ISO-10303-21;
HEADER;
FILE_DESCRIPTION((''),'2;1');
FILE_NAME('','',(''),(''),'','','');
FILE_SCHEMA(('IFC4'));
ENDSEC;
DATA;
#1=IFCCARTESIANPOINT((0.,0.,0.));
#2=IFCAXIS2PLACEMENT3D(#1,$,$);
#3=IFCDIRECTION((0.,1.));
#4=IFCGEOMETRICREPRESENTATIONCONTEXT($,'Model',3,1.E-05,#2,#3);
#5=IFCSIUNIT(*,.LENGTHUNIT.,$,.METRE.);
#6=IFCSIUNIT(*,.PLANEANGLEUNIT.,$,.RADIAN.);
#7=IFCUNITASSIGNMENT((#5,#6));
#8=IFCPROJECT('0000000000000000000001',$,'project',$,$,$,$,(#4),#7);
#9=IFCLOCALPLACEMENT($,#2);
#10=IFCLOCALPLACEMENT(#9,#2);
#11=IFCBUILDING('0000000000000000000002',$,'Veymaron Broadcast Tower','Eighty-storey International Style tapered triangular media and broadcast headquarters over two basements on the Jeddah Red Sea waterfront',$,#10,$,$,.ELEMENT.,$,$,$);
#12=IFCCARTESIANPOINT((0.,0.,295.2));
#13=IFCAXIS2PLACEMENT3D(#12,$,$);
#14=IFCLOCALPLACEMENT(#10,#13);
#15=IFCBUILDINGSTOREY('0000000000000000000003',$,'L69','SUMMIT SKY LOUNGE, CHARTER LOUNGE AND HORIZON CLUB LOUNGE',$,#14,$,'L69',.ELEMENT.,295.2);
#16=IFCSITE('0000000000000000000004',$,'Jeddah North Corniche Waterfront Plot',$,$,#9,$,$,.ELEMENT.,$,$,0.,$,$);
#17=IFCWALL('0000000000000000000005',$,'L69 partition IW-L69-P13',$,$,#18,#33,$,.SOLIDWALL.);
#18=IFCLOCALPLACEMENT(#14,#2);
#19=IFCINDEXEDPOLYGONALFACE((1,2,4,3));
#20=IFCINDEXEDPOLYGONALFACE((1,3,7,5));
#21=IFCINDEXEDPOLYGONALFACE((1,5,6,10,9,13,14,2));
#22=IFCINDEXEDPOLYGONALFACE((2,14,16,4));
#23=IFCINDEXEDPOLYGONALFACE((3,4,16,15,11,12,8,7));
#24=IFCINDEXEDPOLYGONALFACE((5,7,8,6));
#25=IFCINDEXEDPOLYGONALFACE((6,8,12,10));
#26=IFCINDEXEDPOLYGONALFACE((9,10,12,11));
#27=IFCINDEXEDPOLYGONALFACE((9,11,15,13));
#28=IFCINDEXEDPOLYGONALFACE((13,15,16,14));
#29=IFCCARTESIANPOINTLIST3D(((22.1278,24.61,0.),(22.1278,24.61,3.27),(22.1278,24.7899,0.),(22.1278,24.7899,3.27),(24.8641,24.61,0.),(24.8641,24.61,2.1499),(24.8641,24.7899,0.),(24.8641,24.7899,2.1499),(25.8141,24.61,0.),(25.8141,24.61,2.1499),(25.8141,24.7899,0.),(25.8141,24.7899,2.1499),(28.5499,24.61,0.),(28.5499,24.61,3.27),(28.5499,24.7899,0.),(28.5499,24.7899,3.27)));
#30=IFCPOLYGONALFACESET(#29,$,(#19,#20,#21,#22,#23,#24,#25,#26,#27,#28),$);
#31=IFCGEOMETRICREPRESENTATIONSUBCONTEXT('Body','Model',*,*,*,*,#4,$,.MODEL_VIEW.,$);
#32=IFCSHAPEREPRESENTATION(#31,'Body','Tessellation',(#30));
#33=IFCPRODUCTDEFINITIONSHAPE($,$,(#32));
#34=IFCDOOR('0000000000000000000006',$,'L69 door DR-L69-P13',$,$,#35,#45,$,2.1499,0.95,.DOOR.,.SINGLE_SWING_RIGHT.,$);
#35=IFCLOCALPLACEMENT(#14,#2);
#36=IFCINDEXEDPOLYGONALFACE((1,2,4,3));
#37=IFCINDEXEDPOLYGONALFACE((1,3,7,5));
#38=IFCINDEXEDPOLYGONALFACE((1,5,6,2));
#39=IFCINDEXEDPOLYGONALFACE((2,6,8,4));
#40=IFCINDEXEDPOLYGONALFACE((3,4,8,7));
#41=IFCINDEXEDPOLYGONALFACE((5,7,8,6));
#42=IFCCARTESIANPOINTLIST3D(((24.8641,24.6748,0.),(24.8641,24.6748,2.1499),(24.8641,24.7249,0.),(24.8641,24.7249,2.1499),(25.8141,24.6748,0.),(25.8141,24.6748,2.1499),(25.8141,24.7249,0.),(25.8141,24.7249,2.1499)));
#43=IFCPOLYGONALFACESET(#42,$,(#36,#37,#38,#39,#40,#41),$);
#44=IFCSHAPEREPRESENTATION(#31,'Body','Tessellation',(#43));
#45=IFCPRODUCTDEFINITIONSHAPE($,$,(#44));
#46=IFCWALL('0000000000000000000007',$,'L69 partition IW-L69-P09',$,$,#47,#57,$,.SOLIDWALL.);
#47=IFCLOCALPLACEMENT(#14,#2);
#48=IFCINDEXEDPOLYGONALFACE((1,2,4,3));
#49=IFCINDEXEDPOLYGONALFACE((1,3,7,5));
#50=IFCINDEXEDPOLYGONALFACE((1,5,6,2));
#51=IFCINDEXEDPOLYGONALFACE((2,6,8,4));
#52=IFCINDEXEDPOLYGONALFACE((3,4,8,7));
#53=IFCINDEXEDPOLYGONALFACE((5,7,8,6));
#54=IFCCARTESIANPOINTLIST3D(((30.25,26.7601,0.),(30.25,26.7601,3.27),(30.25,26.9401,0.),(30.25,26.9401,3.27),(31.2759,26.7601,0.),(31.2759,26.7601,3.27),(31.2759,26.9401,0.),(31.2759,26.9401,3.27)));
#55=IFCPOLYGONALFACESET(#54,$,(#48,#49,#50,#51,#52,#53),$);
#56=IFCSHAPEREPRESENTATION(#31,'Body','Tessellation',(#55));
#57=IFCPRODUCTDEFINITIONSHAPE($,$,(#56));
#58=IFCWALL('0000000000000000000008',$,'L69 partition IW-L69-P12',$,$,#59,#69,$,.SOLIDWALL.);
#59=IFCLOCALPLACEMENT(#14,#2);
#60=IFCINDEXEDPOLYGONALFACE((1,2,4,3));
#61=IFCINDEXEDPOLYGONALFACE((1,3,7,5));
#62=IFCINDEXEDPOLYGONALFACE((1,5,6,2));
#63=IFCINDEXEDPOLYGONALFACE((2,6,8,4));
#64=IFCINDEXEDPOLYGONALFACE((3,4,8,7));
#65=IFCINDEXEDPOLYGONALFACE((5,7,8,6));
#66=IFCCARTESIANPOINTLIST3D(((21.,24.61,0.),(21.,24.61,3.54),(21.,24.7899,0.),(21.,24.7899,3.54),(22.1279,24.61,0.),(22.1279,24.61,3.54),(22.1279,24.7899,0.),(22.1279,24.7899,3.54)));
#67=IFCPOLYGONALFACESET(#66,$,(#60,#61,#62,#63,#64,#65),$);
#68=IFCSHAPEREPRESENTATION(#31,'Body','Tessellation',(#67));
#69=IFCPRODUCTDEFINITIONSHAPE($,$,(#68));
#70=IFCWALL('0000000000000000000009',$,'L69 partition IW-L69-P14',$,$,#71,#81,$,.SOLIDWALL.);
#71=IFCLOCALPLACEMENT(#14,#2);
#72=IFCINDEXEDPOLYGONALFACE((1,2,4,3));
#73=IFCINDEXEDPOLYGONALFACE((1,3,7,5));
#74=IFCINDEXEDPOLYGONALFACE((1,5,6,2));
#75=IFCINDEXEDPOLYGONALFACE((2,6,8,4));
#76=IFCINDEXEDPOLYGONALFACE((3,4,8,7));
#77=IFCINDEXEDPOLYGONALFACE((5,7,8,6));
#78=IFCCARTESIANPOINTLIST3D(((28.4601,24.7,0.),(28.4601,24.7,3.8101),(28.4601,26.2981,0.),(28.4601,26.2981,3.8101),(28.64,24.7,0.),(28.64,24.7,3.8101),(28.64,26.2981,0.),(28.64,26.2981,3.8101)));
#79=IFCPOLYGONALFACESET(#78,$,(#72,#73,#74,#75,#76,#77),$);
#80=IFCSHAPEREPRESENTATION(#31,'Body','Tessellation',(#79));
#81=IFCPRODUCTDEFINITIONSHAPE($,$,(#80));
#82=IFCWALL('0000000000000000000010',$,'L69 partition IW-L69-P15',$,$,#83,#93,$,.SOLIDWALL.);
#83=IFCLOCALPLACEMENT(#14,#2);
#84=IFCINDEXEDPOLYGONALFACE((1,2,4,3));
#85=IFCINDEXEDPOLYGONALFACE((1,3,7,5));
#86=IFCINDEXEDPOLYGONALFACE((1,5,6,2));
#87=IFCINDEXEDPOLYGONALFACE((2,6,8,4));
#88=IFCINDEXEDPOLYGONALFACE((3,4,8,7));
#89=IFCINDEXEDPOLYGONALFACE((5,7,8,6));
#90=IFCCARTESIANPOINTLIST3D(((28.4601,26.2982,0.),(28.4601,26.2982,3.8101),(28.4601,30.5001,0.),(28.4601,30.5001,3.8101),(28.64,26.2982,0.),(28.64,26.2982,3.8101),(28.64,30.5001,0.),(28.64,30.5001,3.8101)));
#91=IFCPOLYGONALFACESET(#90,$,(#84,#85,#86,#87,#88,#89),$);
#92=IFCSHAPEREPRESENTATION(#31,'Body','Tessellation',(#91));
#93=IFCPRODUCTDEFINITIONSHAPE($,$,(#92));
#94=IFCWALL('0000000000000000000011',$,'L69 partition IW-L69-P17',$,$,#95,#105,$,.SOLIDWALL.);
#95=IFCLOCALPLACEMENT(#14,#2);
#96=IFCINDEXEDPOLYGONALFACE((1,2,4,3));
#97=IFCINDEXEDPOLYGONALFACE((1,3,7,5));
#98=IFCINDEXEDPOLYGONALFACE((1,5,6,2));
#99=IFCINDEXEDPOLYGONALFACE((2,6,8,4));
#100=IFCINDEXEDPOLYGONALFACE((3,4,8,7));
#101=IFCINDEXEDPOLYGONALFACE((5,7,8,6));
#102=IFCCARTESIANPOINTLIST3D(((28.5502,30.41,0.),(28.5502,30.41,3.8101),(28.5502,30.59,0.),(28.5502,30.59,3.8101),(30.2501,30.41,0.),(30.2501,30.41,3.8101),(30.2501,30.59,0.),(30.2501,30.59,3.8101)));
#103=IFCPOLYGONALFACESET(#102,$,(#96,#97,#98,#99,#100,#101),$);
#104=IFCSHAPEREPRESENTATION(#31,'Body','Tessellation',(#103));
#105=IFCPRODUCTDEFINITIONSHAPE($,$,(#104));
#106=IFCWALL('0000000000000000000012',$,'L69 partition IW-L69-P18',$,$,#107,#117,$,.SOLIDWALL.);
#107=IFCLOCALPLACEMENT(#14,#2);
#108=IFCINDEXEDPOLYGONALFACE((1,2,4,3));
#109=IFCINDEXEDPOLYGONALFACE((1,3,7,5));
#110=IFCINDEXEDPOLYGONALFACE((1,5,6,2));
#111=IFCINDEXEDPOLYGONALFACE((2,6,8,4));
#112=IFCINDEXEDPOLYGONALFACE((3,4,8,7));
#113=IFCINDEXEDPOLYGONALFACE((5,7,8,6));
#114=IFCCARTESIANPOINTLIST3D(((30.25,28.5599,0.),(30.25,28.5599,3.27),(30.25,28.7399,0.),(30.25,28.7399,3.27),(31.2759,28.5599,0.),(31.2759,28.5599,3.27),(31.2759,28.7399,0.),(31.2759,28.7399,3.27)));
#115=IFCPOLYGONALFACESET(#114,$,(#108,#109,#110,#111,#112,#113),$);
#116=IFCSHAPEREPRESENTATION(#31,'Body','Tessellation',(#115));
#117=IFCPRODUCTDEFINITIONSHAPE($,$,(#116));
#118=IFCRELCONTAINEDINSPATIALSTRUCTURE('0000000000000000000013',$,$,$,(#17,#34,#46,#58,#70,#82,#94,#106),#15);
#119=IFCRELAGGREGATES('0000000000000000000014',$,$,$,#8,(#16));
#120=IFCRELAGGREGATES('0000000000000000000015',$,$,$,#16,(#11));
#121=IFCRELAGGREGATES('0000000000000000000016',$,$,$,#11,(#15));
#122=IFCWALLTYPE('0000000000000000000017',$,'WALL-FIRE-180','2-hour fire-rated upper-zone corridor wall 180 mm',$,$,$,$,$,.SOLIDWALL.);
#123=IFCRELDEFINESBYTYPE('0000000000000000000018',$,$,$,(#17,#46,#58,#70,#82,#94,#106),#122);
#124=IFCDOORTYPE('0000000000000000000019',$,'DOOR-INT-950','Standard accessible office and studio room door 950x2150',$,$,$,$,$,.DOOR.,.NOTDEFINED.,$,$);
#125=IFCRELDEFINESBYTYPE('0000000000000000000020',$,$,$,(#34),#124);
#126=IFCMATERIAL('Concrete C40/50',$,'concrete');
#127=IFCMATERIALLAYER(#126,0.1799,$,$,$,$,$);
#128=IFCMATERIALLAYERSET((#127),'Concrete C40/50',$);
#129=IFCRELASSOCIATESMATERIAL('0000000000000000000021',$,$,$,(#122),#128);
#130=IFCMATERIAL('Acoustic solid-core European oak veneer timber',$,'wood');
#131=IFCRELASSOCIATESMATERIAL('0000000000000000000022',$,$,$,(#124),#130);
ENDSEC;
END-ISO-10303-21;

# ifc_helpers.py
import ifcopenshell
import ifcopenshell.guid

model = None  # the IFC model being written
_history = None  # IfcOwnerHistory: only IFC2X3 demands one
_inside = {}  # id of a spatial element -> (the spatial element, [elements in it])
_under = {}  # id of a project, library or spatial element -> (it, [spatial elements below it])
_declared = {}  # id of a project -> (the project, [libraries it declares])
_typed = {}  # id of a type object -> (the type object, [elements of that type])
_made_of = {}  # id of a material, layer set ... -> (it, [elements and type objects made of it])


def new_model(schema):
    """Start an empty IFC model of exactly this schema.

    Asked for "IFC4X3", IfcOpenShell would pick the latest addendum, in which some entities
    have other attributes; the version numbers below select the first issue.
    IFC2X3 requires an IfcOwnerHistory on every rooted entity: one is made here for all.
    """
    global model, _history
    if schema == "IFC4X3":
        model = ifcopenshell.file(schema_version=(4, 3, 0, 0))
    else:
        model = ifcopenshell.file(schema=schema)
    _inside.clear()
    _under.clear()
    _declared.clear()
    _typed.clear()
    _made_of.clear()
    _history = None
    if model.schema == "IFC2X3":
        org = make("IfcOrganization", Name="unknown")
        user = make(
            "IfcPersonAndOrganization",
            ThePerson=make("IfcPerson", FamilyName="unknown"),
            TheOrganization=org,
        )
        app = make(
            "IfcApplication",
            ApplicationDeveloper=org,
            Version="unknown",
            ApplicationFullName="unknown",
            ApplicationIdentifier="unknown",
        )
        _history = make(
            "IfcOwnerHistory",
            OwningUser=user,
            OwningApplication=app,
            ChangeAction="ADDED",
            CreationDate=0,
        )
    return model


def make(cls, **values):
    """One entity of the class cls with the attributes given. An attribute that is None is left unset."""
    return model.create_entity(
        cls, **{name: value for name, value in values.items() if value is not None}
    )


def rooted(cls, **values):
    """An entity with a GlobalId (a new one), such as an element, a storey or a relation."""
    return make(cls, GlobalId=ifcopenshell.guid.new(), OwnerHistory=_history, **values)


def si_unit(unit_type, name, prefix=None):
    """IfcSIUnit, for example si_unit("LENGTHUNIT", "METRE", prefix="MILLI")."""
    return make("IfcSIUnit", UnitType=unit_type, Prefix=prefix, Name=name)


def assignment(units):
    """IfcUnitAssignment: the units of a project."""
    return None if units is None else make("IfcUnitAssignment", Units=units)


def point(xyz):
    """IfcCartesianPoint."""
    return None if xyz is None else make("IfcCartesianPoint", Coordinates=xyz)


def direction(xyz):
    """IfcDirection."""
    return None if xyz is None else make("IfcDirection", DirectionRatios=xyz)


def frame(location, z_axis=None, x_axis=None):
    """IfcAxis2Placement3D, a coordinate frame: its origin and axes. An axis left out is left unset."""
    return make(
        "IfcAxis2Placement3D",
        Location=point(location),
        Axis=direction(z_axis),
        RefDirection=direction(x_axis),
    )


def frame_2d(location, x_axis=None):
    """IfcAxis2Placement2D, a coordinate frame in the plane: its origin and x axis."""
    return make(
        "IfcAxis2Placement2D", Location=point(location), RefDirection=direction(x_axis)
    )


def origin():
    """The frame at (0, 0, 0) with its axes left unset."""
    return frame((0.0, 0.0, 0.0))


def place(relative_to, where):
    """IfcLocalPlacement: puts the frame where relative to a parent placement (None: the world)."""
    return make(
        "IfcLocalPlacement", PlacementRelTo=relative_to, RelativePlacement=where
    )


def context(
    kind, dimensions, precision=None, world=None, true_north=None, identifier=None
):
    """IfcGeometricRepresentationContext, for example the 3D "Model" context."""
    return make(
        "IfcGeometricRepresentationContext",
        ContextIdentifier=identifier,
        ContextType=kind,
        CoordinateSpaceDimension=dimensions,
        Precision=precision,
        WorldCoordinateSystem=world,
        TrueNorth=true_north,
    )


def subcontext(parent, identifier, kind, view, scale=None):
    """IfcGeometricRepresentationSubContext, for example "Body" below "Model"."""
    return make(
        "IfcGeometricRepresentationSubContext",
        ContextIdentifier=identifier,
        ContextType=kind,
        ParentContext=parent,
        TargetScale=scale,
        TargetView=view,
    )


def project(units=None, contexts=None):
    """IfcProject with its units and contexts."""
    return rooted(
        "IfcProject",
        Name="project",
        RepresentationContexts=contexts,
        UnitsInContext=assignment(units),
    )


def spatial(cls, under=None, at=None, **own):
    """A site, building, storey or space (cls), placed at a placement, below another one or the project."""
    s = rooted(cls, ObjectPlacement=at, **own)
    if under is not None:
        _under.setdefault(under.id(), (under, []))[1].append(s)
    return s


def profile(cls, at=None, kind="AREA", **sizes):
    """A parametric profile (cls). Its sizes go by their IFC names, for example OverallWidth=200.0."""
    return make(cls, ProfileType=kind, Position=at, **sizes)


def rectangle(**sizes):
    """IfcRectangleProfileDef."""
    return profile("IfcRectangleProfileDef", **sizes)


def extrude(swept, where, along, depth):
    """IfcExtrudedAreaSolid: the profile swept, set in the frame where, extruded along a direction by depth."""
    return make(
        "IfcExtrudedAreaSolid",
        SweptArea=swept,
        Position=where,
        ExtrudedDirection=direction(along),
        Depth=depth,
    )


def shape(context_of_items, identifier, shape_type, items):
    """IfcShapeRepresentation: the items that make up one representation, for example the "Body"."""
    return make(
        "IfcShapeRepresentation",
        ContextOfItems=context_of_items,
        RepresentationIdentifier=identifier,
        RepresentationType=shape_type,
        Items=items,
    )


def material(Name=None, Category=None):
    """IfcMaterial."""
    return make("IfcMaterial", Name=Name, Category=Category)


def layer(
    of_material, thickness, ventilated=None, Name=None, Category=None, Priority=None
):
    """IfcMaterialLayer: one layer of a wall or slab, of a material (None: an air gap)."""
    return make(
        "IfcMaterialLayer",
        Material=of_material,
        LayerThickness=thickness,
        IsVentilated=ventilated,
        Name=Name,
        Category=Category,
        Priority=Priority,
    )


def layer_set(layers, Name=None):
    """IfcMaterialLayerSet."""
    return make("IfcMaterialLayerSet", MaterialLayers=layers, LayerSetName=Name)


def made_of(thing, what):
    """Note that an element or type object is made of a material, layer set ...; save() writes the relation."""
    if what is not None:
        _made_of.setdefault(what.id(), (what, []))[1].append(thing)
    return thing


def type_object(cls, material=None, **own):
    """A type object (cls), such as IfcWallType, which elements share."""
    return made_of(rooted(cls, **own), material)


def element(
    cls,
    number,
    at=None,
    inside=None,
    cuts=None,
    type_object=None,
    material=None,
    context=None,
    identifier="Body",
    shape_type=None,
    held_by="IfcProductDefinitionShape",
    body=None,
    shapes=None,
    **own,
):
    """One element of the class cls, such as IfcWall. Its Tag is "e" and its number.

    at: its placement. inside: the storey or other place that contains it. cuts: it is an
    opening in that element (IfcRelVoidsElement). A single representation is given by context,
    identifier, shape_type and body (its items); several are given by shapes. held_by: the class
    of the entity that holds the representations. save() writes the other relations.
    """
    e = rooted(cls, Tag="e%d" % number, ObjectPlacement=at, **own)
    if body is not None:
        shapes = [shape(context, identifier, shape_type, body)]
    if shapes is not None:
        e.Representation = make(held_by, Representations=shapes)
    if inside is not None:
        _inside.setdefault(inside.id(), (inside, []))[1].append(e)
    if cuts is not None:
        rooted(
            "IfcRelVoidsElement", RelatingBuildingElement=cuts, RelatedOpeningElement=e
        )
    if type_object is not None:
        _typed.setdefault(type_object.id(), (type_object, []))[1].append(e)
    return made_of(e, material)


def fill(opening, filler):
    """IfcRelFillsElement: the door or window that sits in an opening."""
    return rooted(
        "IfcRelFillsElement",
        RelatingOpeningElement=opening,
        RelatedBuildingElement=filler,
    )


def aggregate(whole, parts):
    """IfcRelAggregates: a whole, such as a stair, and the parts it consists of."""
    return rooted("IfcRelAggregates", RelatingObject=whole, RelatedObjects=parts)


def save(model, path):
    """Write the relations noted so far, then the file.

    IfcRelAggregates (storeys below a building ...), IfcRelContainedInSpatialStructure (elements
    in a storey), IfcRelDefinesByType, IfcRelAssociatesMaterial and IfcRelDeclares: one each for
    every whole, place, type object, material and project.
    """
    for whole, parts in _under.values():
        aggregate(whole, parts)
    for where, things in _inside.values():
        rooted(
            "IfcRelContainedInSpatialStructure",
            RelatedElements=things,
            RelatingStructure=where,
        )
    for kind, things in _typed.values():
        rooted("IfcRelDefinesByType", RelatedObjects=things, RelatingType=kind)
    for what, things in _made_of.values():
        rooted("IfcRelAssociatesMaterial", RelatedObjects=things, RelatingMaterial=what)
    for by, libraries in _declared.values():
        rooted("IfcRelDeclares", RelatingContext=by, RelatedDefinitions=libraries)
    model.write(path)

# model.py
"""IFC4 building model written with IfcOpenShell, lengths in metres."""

from ifc_helpers import new_model, si_unit, direction, frame, frame_2d, origin, place, context, subcontext, project, spatial, rectangle, extrude, material, layer, layer_set, type_object, element, fill, save


model = new_model("IFC4")

# Units and contexts
model_context = context("Model", 3, precision=1e-05, world=origin(), true_north=direction((0.0, 1.0)))
body_context = subcontext(model_context, "Body", "Model", "MODEL_VIEW")
ifc_project = project(units=[si_unit("LENGTHUNIT", "METRE"), si_unit("PLANEANGLEUNIT", "RADIAN")], contexts=[model_context])

# Site, building, storey
site_placement = place(None, origin())
site = spatial("IfcSite", under=ifc_project, at=site_placement, Name="Jeddah North Corniche Waterfront Plot", CompositionType="ELEMENT", RefElevation=0.0)
building_placement = place(site_placement, origin())
building = spatial("IfcBuilding", under=site, at=building_placement, Name="Veymaron Broadcast Tower", Description="Eighty-storey International Style tapered triangular media and broadcast headquarters over two basements on the Jeddah Red Sea waterfront", CompositionType="ELEMENT")
storey_placement = place(building_placement, frame((0.0, 0.0, 295.2)))
storey = spatial("IfcBuildingStorey", under=building, at=storey_placement, Name="L69", Description="SUMMIT SKY LOUNGE, CHARTER LOUNGE AND HORIZON CLUB LOUNGE", LongName="L69", CompositionType="ELEMENT", Elevation=295.2)

# Shared definitions
ifc_material_1 = material(Name="Concrete C40/50", Category="concrete")

# Wall, opening, door
ifc_layer_1 = layer(ifc_material_1, 0.1799)
ifc_layer_set_1 = layer_set([ifc_layer_1], Name="Concrete C40/50")
wall_type_1 = type_object("IfcWallType", Name="WALL-FIRE-180", Description="2-hour fire-rated upper-zone corridor wall 180 mm", PredefinedType="SOLIDWALL", material=ifc_layer_set_1)
wall_1_placement = place(storey_placement, frame((22.1279, 24.7, 0.0), z_axis=(0.0, 0.0, 1.0), x_axis=(1.0, 0.0, 0.0)))
wall_1 = element("IfcWall", 1, at=wall_1_placement, inside=storey, type_object=wall_type_1, Name="L69 partition IW-L69-P13", PredefinedType="SOLIDWALL", context=body_context, shape_type="SweptSolid", body=[
    extrude(rectangle(XDim=6.4221, YDim=0.1799, at=frame_2d((3.2109, 0.0))), origin(), (0.0, 0.0, 1.0), 3.27),
])
opening_1_placement = place(wall_1_placement, frame((2.7361, 0.0, 0.0)))
opening_1 = element("IfcOpeningElement", 2, at=opening_1_placement, cuts=wall_1, PredefinedType="OPENING", context=body_context, shape_type="SweptSolid", body=[
    extrude(rectangle(XDim=0.95, YDim=2.1499, at=frame_2d((0.4751, 1.075))), frame((0.0, 0.1001, 0.0), z_axis=(0.0, -1.0, 0.0), x_axis=(1.0, 0.0, 0.0)), (0.0, 0.0, 1.0), 0.2),
])
ifc_material_2 = material(Name="Acoustic solid-core European oak veneer timber", Category="wood")
door_type = type_object("IfcDoorType", Name="DOOR-INT-950", Description="Standard accessible office and studio room door 950x2150", OperationType="NOTDEFINED", PredefinedType="DOOR", material=ifc_material_2)
door_1_placement = place(opening_1_placement, origin())
door_1 = element("IfcDoor", 3, at=door_1_placement, inside=storey, type_object=door_type, Name="L69 door DR-L69-P13", OperationType="SINGLE_SWING_RIGHT", OverallHeight=2.1499, OverallWidth=0.95, PredefinedType="DOOR", context=body_context, shape_type="SweptSolid", body=[
    extrude(rectangle(XDim=0.95, YDim=2.1499, at=frame_2d((0.4751, 1.075))), frame((0.0, 0.0249, 0.0), z_axis=(0.0, -1.0, 0.0), x_axis=(1.0, 0.0, 0.0)), (0.0, 0.0, 1.0), 0.05),
])
fill(opening_1, door_1)

# Walls
wall_2_placement = place(storey_placement, frame((30.25, 26.8501, 0.0), z_axis=(0.0, 0.0, 1.0), x_axis=(1.0, 0.0, 0.0)))
element("IfcWall", 4, at=wall_2_placement, inside=storey, type_object=wall_type_1, Name="L69 partition IW-L69-P09", PredefinedType="SOLIDWALL", context=body_context, shape_type="SweptSolid", body=[
    extrude(rectangle(XDim=1.0259, YDim=0.1799, at=frame_2d((0.5129, 0.0))), origin(), (0.0, 0.0, 1.0), 3.27),
])
wall_3_placement = place(storey_placement, frame((21.0, 24.7, 0.0), z_axis=(0.0, 0.0, 1.0), x_axis=(1.0, 0.0, 0.0)))
element("IfcWall", 5, at=wall_3_placement, inside=storey, type_object=wall_type_1, Name="L69 partition IW-L69-P12", PredefinedType="SOLIDWALL", context=body_context, shape_type="SweptSolid", body=[
    extrude(rectangle(XDim=1.1279, YDim=0.1799, at=frame_2d((0.564, 0.0))), origin(), (0.0, 0.0, 1.0), 3.54),
])
wall_4_placement = place(storey_placement, frame((28.55, 24.7, 0.0), z_axis=(0.0, 0.0, 1.0), x_axis=(0.0, 1.0, 0.0)))
element("IfcWall", 6, at=wall_4_placement, inside=storey, type_object=wall_type_1, Name="L69 partition IW-L69-P14", PredefinedType="SOLIDWALL", context=body_context, shape_type="SweptSolid", body=[
    extrude(rectangle(XDim=1.5981, YDim=0.1799, at=frame_2d((0.7991, 0.0))), origin(), (0.0, 0.0, 1.0), 3.8101),
])
wall_5_placement = place(storey_placement, frame((28.55, 26.2981, 0.0), z_axis=(0.0, 0.0, 1.0), x_axis=(0.0, 1.0, 0.0)))
element("IfcWall", 7, at=wall_5_placement, inside=storey, type_object=wall_type_1, Name="L69 partition IW-L69-P15", PredefinedType="SOLIDWALL", context=body_context, shape_type="SweptSolid", body=[
    extrude(rectangle(XDim=4.2019, YDim=0.1799, at=frame_2d((2.1011, 0.0))), origin(), (0.0, 0.0, 1.0), 3.8101),
])
wall_6_placement = place(storey_placement, frame((28.55, 30.5, 0.0), z_axis=(0.0, 0.0, 1.0), x_axis=(1.0, 0.0, 0.0)))
element("IfcWall", 8, at=wall_6_placement, inside=storey, type_object=wall_type_1, Name="L69 partition IW-L69-P17", PredefinedType="SOLIDWALL", context=body_context, shape_type="SweptSolid", body=[
    extrude(rectangle(XDim=1.7, YDim=0.1799, at=frame_2d((0.8501, 0.0))), origin(), (0.0, 0.0, 1.0), 3.8101),
])
wall_7_placement = place(storey_placement, frame((30.25, 28.6499, 0.0), z_axis=(0.0, 0.0, 1.0), x_axis=(1.0, 0.0, 0.0)))
element("IfcWall", 9, at=wall_7_placement, inside=storey, type_object=wall_type_1, Name="L69 partition IW-L69-P18", PredefinedType="SOLIDWALL", context=body_context, shape_type="SweptSolid", body=[
    extrude(rectangle(XDim=1.0259, YDim=0.1799, at=frame_2d((0.5129, 0.0))), origin(), (0.0, 0.0, 1.0), 3.27),
])

save(model, "model.ifc")
